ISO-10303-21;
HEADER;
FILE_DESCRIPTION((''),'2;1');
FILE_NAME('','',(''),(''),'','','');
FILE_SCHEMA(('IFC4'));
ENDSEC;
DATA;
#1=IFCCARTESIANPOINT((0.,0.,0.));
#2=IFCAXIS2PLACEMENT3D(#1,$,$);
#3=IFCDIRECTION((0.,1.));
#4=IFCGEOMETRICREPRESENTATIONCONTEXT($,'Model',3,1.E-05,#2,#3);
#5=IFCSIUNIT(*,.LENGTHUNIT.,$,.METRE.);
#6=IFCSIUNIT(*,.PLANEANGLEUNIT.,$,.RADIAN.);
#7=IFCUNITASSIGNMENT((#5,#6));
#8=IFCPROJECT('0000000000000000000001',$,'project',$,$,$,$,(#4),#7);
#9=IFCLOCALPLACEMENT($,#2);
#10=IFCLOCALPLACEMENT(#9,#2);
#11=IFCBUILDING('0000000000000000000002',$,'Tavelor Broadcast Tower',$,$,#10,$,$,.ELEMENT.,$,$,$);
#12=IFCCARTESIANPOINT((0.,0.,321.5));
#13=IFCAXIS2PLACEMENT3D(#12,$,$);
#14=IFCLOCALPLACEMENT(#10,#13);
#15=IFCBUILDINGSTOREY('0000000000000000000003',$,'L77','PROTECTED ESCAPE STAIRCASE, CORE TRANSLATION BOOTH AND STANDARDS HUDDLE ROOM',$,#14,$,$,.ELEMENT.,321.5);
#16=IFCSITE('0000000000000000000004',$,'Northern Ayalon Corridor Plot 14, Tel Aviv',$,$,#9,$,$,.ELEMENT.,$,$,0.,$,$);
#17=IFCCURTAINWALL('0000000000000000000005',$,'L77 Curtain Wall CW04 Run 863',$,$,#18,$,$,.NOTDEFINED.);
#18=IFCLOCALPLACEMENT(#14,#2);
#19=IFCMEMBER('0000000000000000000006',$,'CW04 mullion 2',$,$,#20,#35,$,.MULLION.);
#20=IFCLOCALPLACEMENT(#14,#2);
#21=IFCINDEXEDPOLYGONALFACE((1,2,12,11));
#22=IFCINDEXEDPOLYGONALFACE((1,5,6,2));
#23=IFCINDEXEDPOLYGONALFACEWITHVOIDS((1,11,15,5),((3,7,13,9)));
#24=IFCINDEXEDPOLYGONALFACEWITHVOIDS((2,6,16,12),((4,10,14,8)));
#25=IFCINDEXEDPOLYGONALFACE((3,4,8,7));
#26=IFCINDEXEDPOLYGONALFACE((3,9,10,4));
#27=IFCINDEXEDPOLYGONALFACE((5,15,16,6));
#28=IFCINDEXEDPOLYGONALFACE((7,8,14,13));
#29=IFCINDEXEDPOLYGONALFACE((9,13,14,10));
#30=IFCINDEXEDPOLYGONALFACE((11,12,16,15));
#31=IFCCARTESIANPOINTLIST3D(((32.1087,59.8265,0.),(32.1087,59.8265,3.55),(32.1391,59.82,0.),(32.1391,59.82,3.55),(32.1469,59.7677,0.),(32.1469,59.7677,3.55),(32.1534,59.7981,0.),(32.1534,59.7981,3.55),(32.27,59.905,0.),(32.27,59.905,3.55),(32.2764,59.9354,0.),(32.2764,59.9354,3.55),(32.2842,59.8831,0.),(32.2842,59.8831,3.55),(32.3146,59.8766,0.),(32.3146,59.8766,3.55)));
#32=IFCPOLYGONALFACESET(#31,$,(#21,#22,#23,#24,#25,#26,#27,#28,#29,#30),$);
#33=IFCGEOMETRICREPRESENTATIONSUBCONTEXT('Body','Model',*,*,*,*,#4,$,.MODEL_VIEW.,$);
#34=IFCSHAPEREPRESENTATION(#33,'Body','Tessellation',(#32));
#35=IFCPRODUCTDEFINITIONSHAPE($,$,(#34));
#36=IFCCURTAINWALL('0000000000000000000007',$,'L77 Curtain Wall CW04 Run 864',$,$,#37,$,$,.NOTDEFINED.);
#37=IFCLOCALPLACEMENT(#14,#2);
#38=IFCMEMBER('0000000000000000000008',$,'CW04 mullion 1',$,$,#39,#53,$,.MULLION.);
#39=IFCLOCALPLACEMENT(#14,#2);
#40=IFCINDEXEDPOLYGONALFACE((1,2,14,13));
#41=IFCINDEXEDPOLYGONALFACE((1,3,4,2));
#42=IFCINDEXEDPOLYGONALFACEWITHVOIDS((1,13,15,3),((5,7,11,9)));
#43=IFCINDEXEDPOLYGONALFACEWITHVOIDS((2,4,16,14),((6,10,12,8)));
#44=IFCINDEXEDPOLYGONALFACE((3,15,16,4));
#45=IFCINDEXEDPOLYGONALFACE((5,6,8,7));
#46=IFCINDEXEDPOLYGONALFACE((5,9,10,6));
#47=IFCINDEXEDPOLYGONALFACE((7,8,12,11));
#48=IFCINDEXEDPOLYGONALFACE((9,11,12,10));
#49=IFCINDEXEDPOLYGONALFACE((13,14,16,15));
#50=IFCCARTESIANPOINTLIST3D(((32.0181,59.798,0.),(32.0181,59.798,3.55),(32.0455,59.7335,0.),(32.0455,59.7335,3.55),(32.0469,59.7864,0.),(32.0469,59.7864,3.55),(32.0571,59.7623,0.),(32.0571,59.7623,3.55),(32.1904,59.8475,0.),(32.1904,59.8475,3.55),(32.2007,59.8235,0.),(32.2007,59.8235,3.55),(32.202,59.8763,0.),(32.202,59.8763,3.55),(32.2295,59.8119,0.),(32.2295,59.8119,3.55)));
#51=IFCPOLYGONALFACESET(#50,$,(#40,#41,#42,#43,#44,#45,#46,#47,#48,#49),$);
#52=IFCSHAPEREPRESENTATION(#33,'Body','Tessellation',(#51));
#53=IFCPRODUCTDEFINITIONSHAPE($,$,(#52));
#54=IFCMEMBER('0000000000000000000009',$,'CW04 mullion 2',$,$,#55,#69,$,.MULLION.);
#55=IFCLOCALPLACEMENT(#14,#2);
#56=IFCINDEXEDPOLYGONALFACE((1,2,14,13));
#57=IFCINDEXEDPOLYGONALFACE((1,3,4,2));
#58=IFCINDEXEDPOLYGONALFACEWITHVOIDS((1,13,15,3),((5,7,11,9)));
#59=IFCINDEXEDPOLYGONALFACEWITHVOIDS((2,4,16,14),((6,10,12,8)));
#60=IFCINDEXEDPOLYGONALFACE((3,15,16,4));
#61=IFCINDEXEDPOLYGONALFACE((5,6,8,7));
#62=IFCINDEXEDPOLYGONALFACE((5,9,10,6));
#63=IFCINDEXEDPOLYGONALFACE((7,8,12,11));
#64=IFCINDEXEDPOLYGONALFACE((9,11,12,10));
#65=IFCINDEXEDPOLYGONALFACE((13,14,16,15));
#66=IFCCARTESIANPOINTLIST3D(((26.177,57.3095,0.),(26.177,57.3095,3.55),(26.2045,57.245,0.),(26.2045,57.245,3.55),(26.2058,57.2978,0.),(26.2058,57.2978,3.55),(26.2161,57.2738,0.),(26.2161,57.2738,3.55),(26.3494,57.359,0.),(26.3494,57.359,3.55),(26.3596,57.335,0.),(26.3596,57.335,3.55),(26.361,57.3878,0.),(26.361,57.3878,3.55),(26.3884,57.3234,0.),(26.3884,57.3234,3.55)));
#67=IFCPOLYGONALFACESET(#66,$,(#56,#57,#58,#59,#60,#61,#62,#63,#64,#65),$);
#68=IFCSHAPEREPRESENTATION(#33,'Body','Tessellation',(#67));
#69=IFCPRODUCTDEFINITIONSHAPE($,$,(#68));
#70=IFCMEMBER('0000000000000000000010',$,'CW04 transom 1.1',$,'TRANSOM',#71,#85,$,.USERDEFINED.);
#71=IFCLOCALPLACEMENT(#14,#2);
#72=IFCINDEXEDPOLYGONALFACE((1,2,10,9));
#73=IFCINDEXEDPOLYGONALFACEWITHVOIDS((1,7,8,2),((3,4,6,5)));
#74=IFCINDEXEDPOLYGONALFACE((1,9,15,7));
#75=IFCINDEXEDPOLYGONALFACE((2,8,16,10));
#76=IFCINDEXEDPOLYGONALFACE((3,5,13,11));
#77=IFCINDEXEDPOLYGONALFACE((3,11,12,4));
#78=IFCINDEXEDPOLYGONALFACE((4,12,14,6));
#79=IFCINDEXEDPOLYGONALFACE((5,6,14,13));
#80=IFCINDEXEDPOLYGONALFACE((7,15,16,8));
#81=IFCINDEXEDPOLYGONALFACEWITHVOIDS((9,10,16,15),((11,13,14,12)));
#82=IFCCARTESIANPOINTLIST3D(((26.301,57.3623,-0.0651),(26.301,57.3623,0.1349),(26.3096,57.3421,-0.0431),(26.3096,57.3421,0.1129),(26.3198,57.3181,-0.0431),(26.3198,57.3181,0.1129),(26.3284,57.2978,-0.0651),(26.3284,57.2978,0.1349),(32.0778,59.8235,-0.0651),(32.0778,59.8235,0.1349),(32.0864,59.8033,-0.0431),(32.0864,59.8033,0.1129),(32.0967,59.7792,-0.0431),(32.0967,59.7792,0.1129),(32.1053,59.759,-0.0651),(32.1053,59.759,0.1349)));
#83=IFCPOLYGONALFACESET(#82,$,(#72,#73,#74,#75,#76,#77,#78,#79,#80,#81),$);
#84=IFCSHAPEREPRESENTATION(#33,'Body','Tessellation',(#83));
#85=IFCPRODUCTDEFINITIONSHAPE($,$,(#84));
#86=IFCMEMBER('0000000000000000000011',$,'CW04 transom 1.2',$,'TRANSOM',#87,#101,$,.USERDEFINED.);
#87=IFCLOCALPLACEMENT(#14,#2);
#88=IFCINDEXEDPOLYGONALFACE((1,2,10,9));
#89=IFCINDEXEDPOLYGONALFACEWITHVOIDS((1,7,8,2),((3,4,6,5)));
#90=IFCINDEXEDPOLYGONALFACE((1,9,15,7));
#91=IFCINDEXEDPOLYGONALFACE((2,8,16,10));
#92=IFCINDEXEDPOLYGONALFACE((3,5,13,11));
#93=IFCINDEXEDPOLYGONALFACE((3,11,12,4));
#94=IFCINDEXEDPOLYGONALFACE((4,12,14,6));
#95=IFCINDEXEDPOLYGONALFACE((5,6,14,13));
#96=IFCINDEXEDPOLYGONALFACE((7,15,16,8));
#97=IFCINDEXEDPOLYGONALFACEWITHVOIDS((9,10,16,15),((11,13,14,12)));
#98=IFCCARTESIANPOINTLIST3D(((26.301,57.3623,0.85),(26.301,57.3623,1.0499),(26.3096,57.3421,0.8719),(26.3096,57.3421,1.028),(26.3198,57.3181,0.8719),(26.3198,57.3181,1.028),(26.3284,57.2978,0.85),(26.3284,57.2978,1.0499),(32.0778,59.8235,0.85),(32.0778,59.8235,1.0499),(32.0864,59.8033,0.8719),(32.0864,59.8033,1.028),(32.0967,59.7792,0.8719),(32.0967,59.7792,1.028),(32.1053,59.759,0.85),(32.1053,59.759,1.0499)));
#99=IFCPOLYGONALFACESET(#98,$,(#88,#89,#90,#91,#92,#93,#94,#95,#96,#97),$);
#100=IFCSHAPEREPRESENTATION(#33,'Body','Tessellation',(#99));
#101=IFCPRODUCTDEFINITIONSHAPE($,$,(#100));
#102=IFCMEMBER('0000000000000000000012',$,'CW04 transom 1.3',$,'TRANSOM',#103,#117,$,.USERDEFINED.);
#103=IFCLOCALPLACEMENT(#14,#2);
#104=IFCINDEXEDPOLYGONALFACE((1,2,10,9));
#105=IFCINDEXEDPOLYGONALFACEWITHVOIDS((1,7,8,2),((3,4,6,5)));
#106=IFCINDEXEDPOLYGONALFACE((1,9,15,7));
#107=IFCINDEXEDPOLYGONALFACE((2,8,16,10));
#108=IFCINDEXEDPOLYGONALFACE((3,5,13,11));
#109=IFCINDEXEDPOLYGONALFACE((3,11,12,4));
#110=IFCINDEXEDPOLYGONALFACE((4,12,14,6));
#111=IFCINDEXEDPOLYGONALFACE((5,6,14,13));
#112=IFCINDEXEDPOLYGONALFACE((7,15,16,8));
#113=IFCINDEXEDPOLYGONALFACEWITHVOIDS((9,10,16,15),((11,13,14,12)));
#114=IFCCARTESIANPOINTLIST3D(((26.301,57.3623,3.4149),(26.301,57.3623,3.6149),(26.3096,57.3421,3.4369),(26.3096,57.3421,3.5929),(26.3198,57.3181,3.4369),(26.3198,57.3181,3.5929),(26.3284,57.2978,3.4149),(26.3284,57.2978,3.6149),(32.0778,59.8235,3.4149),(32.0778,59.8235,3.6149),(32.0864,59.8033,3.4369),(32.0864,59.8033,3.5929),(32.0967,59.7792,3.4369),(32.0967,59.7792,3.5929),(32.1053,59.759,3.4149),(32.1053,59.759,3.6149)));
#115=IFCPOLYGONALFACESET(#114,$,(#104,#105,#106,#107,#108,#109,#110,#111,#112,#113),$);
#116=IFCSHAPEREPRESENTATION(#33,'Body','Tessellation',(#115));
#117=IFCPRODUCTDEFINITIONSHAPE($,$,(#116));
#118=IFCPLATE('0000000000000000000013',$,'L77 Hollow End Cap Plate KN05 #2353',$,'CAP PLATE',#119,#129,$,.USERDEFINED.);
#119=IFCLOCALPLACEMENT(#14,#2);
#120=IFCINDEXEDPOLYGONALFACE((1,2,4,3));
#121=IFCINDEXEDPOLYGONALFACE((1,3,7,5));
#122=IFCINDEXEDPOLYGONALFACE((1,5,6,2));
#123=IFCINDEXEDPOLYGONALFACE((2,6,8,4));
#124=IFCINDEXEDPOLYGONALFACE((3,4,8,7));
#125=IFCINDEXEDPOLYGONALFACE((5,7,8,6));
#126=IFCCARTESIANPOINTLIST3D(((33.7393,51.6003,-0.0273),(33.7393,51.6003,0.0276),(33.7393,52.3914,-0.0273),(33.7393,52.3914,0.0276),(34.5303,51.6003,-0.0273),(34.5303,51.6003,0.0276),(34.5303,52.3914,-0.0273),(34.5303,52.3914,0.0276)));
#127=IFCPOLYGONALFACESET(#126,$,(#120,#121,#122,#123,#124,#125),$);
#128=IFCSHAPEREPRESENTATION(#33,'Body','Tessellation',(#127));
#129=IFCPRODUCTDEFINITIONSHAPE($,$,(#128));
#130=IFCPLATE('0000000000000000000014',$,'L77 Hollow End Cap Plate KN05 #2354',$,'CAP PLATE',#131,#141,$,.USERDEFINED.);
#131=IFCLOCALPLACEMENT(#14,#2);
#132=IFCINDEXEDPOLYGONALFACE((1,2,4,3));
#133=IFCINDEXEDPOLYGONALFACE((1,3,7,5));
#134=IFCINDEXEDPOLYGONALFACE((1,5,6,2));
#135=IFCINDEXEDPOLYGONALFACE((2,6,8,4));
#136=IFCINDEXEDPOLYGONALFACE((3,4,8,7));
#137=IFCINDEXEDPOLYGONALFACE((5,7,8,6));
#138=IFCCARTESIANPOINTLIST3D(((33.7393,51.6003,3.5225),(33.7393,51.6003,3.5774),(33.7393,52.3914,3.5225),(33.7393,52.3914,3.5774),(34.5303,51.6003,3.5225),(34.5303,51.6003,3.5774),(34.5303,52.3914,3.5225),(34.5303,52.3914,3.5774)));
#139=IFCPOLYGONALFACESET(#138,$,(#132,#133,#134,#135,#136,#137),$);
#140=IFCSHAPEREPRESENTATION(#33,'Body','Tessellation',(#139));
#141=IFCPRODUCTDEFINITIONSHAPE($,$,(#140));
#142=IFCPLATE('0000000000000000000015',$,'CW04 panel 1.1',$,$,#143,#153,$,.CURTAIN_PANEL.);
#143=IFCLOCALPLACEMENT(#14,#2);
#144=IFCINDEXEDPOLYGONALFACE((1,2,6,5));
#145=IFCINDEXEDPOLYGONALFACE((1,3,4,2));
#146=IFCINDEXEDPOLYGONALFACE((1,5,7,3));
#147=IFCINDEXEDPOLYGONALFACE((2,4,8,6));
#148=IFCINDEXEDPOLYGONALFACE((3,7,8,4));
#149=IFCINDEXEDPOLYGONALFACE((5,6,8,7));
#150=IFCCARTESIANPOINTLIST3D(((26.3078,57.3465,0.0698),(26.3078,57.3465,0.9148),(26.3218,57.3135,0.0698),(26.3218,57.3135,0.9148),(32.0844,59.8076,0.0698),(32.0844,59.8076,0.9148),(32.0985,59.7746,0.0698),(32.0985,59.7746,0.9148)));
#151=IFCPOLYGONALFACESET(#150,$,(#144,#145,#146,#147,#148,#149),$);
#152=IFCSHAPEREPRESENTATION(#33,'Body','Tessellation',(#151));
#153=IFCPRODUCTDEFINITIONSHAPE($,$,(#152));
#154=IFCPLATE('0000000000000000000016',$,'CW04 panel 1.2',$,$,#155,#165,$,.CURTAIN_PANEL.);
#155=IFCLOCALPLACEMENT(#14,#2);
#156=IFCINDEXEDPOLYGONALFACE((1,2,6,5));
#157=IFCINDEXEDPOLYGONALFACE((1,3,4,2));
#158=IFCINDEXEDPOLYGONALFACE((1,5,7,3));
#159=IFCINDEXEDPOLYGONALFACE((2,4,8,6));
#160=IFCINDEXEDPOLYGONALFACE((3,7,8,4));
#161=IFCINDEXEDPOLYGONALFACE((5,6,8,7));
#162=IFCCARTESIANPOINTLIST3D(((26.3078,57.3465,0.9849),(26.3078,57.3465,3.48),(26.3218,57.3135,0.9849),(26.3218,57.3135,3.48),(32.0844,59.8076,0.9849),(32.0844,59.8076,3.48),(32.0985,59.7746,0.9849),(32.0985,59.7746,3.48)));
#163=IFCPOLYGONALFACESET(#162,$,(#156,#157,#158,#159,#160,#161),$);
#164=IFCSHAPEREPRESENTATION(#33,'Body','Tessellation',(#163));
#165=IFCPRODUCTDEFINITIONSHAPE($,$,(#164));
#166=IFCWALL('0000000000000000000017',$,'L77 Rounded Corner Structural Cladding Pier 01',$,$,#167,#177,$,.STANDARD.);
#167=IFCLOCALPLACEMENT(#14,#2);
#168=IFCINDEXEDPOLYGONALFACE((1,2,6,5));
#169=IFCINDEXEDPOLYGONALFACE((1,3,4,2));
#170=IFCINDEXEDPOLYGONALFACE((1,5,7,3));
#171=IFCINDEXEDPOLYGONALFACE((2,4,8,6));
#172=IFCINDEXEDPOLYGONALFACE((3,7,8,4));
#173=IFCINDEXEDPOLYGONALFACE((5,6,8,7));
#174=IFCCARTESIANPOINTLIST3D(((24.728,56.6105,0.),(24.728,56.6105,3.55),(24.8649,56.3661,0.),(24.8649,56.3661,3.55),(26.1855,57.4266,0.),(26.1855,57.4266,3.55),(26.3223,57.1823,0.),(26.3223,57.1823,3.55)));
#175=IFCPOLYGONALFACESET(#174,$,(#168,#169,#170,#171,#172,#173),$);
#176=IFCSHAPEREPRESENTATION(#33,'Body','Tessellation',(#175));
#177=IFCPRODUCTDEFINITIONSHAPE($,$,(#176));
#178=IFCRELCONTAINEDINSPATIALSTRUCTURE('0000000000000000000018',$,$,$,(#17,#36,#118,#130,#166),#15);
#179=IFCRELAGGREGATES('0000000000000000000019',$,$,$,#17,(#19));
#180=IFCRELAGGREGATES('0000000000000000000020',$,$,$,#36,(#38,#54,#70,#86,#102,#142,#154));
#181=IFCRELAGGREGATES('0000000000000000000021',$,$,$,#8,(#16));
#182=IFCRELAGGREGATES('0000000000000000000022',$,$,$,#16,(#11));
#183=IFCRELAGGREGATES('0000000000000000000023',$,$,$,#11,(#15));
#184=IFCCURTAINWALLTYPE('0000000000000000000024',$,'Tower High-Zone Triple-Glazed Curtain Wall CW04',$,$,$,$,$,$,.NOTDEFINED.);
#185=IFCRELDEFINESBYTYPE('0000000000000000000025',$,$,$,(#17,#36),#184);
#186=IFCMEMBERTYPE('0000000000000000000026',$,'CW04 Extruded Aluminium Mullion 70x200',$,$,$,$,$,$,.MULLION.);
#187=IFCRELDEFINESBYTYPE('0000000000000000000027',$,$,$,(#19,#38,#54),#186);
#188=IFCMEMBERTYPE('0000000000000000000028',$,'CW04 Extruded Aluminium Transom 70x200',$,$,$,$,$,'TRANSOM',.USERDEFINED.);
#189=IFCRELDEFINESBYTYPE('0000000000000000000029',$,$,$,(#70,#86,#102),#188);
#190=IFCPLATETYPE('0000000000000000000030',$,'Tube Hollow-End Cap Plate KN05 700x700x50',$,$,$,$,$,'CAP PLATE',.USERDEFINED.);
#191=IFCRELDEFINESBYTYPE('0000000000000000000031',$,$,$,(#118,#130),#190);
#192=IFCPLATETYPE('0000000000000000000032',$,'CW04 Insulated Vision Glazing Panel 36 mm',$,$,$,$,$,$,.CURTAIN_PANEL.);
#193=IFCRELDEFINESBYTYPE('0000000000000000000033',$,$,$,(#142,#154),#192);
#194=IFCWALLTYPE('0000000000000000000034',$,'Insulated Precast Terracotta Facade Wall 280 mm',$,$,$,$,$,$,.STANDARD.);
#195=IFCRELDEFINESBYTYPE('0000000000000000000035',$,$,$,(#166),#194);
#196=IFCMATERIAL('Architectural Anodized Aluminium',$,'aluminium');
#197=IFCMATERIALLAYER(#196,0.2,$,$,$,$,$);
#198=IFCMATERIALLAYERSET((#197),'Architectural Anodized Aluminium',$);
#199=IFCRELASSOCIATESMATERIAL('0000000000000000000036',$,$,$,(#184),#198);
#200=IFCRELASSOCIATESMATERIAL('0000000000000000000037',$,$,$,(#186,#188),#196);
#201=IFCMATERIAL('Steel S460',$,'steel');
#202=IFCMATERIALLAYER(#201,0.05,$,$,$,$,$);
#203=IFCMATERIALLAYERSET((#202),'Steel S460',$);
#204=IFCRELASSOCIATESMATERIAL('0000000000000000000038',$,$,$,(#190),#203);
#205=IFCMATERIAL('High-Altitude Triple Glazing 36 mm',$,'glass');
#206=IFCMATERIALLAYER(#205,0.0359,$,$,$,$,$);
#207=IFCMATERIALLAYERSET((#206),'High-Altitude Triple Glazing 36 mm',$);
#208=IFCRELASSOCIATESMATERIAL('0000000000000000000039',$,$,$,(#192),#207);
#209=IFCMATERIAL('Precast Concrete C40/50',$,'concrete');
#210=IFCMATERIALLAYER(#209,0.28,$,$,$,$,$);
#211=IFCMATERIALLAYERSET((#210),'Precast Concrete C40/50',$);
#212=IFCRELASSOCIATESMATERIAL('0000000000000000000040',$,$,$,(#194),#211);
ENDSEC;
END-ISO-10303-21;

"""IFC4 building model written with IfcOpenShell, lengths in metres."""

from ifc_helpers import new_model, si_unit, direction, frame, frame_2d, origin, origin_2d, place, context, subcontext, project, spatial, rectangle, hollow_rectangle, extrude, source, transform, mapped, material, layer, layer_set, material_profile, profile_set, type_object, type_shapes, element, aggregate, save


model = new_model("IFC4")

# Units and contexts
model_context = context("Model", 3, precision=1e-05, world=origin(), true_north=direction((0.0, 1.0)))
body_context = subcontext(model_context, "Body", "Model", "MODEL_VIEW")
ifc_project = project(units=[si_unit("LENGTHUNIT", "METRE"), si_unit("PLANEANGLEUNIT", "RADIAN")], contexts=[model_context])

# Site, building, storey
site_placement = place(None, origin())
site = spatial("IfcSite", under=ifc_project, at=site_placement, Name="Northern Ayalon Corridor Plot 14, Tel Aviv", CompositionType="ELEMENT", RefElevation=0.0)
building_placement = place(site_placement, origin())
building = spatial("IfcBuilding", under=site, at=building_placement, Name="Tavelor Broadcast Tower", CompositionType="ELEMENT")
storey_placement = place(building_placement, frame((0.0, 0.0, 321.5)))
storey = spatial("IfcBuildingStorey", under=building, at=storey_placement, Name="L77", Description="PROTECTED ESCAPE STAIRCASE, CORE TRANSLATION BOOTH AND STANDARDS HUDDLE ROOM", CompositionType="ELEMENT", Elevation=321.5)

# Shared definitions
ifc_material_1 = material(Name="Steel S460", Category="steel")

# Curtain wall, member
ifc_material_2 = material(Name="Architectural Anodized Aluminium", Category="aluminium")
ifc_layer_1 = layer(ifc_material_2, 0.2)
ifc_layer_set_1 = layer_set([ifc_layer_1], Name="Architectural Anodized Aluminium")
curtain_wall_type = type_object("IfcCurtainWallType", Name="Tower High-Zone Triple-Glazed Curtain Wall CW04", PredefinedType="NOTDEFINED", material=ifc_layer_set_1)
curtain_wall_1_placement = place(storey_placement, origin())
curtain_wall_1 = element("IfcCurtainWall", 1, at=curtain_wall_1_placement, inside=storey, type_object=curtain_wall_type, Name="L77 Curtain Wall CW04 Run 863", PredefinedType="NOTDEFINED")
ifc_material_profile_1 = material_profile(ifc_material_2, hollow_rectangle(XDim=0.0701, YDim=0.2, WallThickness=0.022, at=origin_2d()), Name="RHS 70x200x22")
ifc_profile_set_1 = profile_set([ifc_material_profile_1], Name="Architectural Anodized Aluminium")
member_type_1 = type_object("IfcMemberType", Name="CW04 Extruded Aluminium Mullion 70x200", PredefinedType="MULLION", material=ifc_profile_set_1)
shared_shape_1 = source(origin(), body_context, "Body", "SweptSolid", [
    extrude(hollow_rectangle(XDim=0.0701, YDim=0.2, WallThickness=0.022, at=origin_2d()), origin(), (0.0, 0.0, 1.0), 3.55),
])
type_shapes(member_type_1, [shared_shape_1])
member_1_placement = place(storey_placement, frame((32.2117, 59.8516, 0.0), z_axis=(0.0, 0.0, 1.0), x_axis=(0.544611, -0.838689, 0.0)))
member_1 = element("IfcMember", 2, at=member_1_placement, type_object=member_type_1, Name="CW04 mullion 2", PredefinedType="MULLION", context=body_context, shape_type="MappedRepresentation", body=[
    mapped(shared_shape_1, transform((0.0, 0.0, 0.0), scale=1.0)),
])
aggregate(curtain_wall_1, [member_1])

# Curtain wall, members
curtain_wall_2_placement = place(storey_placement, origin())
curtain_wall_2 = element("IfcCurtainWall", 3, at=curtain_wall_2_placement, inside=storey, type_object=curtain_wall_type, Name="L77 Curtain Wall CW04 Run 864", PredefinedType="NOTDEFINED")
member_2_placement = place(storey_placement, frame((32.1238, 59.8049, 0.0), z_axis=(0.0, 0.0, 1.0), x_axis=(0.391954, -0.919985, 0.0)))
member_2 = element("IfcMember", 4, at=member_2_placement, type_object=member_type_1, Name="CW04 mullion 1", PredefinedType="MULLION", context=body_context, shape_type="MappedRepresentation", body=[
    mapped(shared_shape_1, transform((0.0, 0.0, 0.0), scale=1.0)),
])
member_3_placement = place(storey_placement, frame((26.2827, 57.3164, 0.0), z_axis=(0.0, 0.0, 1.0), x_axis=(0.391954, -0.919985, 0.0)))
member_3 = element("IfcMember", 5, at=member_3_placement, type_object=member_type_1, Name="CW04 mullion 2", PredefinedType="MULLION", context=body_context, shape_type="MappedRepresentation", body=[
    mapped(shared_shape_1, transform((0.0, 0.0, 0.0), scale=1.0)),
])
ifc_material_profile_2 = material_profile(ifc_material_2, hollow_rectangle(XDim=0.0701, YDim=0.2, WallThickness=0.022, at=origin_2d()), Name="RHS 70x200x22")
ifc_profile_set_2 = profile_set([ifc_material_profile_2], Name="Architectural Anodized Aluminium")
member_type_2 = type_object("IfcMemberType", Name="CW04 Extruded Aluminium Transom 70x200", ElementType="TRANSOM", PredefinedType="USERDEFINED", material=ifc_profile_set_2)
shared_shape_2 = source(origin(), body_context, "Body", "SweptSolid", [
    extrude(hollow_rectangle(XDim=0.0701, YDim=0.2, WallThickness=0.022, at=origin_2d()), origin(), (0.0, 0.0, 1.0), 6.2793),
])
type_shapes(member_type_2, [shared_shape_2])
member_4_placement = place(storey_placement, frame((32.0916, 59.7913, 0.0349), z_axis=(-0.919986, -0.391952, 0.0), x_axis=(0.391952, -0.919986, 0.0)))
member_4 = element("IfcMember", 6, at=member_4_placement, type_object=member_type_2, Name="CW04 transom 1.1", ObjectType="TRANSOM", PredefinedType="USERDEFINED", context=body_context, shape_type="MappedRepresentation", body=[
    mapped(shared_shape_2, transform((0.0, 0.0, 0.0), scale=1.0)),
])
member_5_placement = place(storey_placement, frame((32.0916, 59.7913, 0.95), z_axis=(-0.919986, -0.391952, 0.0), x_axis=(0.391952, -0.919986, 0.0)))
member_5 = element("IfcMember", 7, at=member_5_placement, type_object=member_type_2, Name="CW04 transom 1.2", ObjectType="TRANSOM", PredefinedType="USERDEFINED", context=body_context, shape_type="MappedRepresentation", body=[
    mapped(shared_shape_2, transform((0.0, 0.0, 0.0), scale=1.0)),
])
member_6_placement = place(storey_placement, frame((32.0916, 59.7913, 3.5149), z_axis=(-0.919986, -0.391952, 0.0), x_axis=(0.391952, -0.919986, 0.0)))
member_6 = element("IfcMember", 8, at=member_6_placement, type_object=member_type_2, Name="CW04 transom 1.3", ObjectType="TRANSOM", PredefinedType="USERDEFINED", context=body_context, shape_type="MappedRepresentation", body=[
    mapped(shared_shape_2, transform((0.0, 0.0, 0.0), scale=1.0)),
])

# Plates
ifc_layer_2 = layer(ifc_material_1, 0.05)
ifc_layer_set_2 = layer_set([ifc_layer_2], Name="Steel S460")
plate_type_1 = type_object("IfcPlateType", Name="Tube Hollow-End Cap Plate KN05 700x700x50", ElementType="CAP PLATE", PredefinedType="USERDEFINED", material=ifc_layer_set_2)
shared_shape_3 = source(origin(), body_context, "Body", "SweptSolid", [
    extrude(rectangle(XDim=0.791, YDim=0.791, at=origin_2d()), origin(), (0.0, 0.0, 1.0), 0.0549),
])
type_shapes(plate_type_1, [shared_shape_3])
for number, where, z_axis, x_axis, name in (
    (9, (34.1348, 51.9958, -0.0273), (0.0, 0.0, 1.0), (1.0, 0.0, 0.0), "L77 Hollow End Cap Plate KN05 #2353"),
    (10, (34.1348, 51.9958, 3.5225), (0.0, 0.0, 1.0), (1.0, 0.0, 0.0), "L77 Hollow End Cap Plate KN05 #2354"),
):
    element("IfcPlate", number, at=place(storey_placement, frame(where, z_axis=z_axis, x_axis=x_axis)), inside=storey, type_object=plate_type_1, Name=name, ObjectType="CAP PLATE", PredefinedType="USERDEFINED", context=body_context, shape_type="MappedRepresentation", body=[
        mapped(shared_shape_3, transform((0.0, 0.0, 0.0), scale=1.0)),
    ])

# Plates
ifc_material_3 = material(Name="High-Altitude Triple Glazing 36 mm", Category="glass")
ifc_layer_3 = layer(ifc_material_3, 0.0359)
ifc_layer_set_3 = layer_set([ifc_layer_3], Name="High-Altitude Triple Glazing 36 mm")
plate_type_2 = type_object("IfcPlateType", Name="CW04 Insulated Vision Glazing Panel 36 mm", PredefinedType="CURTAIN_PANEL", material=ifc_layer_set_3)
shared_shape_4 = source(origin(), body_context, "Body", "SweptSolid", [
    extrude(rectangle(XDim=6.2791, YDim=0.0359, at=origin_2d()), origin(), (0.0, 0.0, 1.0), 0.845),
])
plate_1_placement = place(storey_placement, frame((29.2031, 58.5605, 0.0698), z_axis=(0.0, 0.0, 1.0), x_axis=(-0.919985, -0.391954, 0.0)))
plate_1 = element("IfcPlate", 11, at=plate_1_placement, type_object=plate_type_2, Name="CW04 panel 1.1", PredefinedType="CURTAIN_PANEL", context=body_context, shape_type="MappedRepresentation", body=[
    mapped(shared_shape_4, transform((0.0, 0.0, 0.0), scale=1.0)),
])
shared_shape_5 = source(origin(), body_context, "Body", "SweptSolid", [
    extrude(rectangle(XDim=6.2791, YDim=0.0359, at=origin_2d()), origin(), (0.0, 0.0, 1.0), 2.4951),
])
type_shapes(plate_type_2, [shared_shape_4, shared_shape_5])
plate_2_placement = place(storey_placement, frame((29.2031, 58.5605, 0.9849), z_axis=(0.0, 0.0, 1.0), x_axis=(-0.919985, -0.391954, 0.0)))
plate_2 = element("IfcPlate", 12, at=plate_2_placement, type_object=plate_type_2, Name="CW04 panel 1.2", PredefinedType="CURTAIN_PANEL", context=body_context, shape_type="MappedRepresentation", body=[
    mapped(shared_shape_5, transform((0.0, 0.0, 0.0), scale=1.0)),
])
aggregate(curtain_wall_2, [member_2, member_3, member_4, member_5, member_6, plate_1, plate_2])

# Wall
ifc_material_4 = material(Name="Precast Concrete C40/50", Category="concrete")
ifc_layer_4 = layer(ifc_material_4, 0.28)
ifc_layer_set_4 = layer_set([ifc_layer_4], Name="Precast Concrete C40/50")
wall_type_1 = type_object("IfcWallType", Name="Insulated Precast Terracotta Facade Wall 280 mm", PredefinedType="STANDARD", material=ifc_layer_set_4)
wall_1_placement = place(storey_placement, frame((26.2539, 57.3044, 0.0), z_axis=(0.0, 0.0, 1.0), x_axis=(-0.872518, -0.488581, 0.0)))
element("IfcWall", 13, at=wall_1_placement, inside=storey, type_object=wall_type_1, Name="L77 Rounded Corner Structural Cladding Pier 01", PredefinedType="STANDARD", context=body_context, shape_type="SweptSolid", body=[
    extrude(rectangle(XDim=1.6704, YDim=0.28, at=frame_2d((0.8352, 0.0))), origin(), (0.0, 0.0, 1.0), 3.55),
])

save(model, "model.ifc")
